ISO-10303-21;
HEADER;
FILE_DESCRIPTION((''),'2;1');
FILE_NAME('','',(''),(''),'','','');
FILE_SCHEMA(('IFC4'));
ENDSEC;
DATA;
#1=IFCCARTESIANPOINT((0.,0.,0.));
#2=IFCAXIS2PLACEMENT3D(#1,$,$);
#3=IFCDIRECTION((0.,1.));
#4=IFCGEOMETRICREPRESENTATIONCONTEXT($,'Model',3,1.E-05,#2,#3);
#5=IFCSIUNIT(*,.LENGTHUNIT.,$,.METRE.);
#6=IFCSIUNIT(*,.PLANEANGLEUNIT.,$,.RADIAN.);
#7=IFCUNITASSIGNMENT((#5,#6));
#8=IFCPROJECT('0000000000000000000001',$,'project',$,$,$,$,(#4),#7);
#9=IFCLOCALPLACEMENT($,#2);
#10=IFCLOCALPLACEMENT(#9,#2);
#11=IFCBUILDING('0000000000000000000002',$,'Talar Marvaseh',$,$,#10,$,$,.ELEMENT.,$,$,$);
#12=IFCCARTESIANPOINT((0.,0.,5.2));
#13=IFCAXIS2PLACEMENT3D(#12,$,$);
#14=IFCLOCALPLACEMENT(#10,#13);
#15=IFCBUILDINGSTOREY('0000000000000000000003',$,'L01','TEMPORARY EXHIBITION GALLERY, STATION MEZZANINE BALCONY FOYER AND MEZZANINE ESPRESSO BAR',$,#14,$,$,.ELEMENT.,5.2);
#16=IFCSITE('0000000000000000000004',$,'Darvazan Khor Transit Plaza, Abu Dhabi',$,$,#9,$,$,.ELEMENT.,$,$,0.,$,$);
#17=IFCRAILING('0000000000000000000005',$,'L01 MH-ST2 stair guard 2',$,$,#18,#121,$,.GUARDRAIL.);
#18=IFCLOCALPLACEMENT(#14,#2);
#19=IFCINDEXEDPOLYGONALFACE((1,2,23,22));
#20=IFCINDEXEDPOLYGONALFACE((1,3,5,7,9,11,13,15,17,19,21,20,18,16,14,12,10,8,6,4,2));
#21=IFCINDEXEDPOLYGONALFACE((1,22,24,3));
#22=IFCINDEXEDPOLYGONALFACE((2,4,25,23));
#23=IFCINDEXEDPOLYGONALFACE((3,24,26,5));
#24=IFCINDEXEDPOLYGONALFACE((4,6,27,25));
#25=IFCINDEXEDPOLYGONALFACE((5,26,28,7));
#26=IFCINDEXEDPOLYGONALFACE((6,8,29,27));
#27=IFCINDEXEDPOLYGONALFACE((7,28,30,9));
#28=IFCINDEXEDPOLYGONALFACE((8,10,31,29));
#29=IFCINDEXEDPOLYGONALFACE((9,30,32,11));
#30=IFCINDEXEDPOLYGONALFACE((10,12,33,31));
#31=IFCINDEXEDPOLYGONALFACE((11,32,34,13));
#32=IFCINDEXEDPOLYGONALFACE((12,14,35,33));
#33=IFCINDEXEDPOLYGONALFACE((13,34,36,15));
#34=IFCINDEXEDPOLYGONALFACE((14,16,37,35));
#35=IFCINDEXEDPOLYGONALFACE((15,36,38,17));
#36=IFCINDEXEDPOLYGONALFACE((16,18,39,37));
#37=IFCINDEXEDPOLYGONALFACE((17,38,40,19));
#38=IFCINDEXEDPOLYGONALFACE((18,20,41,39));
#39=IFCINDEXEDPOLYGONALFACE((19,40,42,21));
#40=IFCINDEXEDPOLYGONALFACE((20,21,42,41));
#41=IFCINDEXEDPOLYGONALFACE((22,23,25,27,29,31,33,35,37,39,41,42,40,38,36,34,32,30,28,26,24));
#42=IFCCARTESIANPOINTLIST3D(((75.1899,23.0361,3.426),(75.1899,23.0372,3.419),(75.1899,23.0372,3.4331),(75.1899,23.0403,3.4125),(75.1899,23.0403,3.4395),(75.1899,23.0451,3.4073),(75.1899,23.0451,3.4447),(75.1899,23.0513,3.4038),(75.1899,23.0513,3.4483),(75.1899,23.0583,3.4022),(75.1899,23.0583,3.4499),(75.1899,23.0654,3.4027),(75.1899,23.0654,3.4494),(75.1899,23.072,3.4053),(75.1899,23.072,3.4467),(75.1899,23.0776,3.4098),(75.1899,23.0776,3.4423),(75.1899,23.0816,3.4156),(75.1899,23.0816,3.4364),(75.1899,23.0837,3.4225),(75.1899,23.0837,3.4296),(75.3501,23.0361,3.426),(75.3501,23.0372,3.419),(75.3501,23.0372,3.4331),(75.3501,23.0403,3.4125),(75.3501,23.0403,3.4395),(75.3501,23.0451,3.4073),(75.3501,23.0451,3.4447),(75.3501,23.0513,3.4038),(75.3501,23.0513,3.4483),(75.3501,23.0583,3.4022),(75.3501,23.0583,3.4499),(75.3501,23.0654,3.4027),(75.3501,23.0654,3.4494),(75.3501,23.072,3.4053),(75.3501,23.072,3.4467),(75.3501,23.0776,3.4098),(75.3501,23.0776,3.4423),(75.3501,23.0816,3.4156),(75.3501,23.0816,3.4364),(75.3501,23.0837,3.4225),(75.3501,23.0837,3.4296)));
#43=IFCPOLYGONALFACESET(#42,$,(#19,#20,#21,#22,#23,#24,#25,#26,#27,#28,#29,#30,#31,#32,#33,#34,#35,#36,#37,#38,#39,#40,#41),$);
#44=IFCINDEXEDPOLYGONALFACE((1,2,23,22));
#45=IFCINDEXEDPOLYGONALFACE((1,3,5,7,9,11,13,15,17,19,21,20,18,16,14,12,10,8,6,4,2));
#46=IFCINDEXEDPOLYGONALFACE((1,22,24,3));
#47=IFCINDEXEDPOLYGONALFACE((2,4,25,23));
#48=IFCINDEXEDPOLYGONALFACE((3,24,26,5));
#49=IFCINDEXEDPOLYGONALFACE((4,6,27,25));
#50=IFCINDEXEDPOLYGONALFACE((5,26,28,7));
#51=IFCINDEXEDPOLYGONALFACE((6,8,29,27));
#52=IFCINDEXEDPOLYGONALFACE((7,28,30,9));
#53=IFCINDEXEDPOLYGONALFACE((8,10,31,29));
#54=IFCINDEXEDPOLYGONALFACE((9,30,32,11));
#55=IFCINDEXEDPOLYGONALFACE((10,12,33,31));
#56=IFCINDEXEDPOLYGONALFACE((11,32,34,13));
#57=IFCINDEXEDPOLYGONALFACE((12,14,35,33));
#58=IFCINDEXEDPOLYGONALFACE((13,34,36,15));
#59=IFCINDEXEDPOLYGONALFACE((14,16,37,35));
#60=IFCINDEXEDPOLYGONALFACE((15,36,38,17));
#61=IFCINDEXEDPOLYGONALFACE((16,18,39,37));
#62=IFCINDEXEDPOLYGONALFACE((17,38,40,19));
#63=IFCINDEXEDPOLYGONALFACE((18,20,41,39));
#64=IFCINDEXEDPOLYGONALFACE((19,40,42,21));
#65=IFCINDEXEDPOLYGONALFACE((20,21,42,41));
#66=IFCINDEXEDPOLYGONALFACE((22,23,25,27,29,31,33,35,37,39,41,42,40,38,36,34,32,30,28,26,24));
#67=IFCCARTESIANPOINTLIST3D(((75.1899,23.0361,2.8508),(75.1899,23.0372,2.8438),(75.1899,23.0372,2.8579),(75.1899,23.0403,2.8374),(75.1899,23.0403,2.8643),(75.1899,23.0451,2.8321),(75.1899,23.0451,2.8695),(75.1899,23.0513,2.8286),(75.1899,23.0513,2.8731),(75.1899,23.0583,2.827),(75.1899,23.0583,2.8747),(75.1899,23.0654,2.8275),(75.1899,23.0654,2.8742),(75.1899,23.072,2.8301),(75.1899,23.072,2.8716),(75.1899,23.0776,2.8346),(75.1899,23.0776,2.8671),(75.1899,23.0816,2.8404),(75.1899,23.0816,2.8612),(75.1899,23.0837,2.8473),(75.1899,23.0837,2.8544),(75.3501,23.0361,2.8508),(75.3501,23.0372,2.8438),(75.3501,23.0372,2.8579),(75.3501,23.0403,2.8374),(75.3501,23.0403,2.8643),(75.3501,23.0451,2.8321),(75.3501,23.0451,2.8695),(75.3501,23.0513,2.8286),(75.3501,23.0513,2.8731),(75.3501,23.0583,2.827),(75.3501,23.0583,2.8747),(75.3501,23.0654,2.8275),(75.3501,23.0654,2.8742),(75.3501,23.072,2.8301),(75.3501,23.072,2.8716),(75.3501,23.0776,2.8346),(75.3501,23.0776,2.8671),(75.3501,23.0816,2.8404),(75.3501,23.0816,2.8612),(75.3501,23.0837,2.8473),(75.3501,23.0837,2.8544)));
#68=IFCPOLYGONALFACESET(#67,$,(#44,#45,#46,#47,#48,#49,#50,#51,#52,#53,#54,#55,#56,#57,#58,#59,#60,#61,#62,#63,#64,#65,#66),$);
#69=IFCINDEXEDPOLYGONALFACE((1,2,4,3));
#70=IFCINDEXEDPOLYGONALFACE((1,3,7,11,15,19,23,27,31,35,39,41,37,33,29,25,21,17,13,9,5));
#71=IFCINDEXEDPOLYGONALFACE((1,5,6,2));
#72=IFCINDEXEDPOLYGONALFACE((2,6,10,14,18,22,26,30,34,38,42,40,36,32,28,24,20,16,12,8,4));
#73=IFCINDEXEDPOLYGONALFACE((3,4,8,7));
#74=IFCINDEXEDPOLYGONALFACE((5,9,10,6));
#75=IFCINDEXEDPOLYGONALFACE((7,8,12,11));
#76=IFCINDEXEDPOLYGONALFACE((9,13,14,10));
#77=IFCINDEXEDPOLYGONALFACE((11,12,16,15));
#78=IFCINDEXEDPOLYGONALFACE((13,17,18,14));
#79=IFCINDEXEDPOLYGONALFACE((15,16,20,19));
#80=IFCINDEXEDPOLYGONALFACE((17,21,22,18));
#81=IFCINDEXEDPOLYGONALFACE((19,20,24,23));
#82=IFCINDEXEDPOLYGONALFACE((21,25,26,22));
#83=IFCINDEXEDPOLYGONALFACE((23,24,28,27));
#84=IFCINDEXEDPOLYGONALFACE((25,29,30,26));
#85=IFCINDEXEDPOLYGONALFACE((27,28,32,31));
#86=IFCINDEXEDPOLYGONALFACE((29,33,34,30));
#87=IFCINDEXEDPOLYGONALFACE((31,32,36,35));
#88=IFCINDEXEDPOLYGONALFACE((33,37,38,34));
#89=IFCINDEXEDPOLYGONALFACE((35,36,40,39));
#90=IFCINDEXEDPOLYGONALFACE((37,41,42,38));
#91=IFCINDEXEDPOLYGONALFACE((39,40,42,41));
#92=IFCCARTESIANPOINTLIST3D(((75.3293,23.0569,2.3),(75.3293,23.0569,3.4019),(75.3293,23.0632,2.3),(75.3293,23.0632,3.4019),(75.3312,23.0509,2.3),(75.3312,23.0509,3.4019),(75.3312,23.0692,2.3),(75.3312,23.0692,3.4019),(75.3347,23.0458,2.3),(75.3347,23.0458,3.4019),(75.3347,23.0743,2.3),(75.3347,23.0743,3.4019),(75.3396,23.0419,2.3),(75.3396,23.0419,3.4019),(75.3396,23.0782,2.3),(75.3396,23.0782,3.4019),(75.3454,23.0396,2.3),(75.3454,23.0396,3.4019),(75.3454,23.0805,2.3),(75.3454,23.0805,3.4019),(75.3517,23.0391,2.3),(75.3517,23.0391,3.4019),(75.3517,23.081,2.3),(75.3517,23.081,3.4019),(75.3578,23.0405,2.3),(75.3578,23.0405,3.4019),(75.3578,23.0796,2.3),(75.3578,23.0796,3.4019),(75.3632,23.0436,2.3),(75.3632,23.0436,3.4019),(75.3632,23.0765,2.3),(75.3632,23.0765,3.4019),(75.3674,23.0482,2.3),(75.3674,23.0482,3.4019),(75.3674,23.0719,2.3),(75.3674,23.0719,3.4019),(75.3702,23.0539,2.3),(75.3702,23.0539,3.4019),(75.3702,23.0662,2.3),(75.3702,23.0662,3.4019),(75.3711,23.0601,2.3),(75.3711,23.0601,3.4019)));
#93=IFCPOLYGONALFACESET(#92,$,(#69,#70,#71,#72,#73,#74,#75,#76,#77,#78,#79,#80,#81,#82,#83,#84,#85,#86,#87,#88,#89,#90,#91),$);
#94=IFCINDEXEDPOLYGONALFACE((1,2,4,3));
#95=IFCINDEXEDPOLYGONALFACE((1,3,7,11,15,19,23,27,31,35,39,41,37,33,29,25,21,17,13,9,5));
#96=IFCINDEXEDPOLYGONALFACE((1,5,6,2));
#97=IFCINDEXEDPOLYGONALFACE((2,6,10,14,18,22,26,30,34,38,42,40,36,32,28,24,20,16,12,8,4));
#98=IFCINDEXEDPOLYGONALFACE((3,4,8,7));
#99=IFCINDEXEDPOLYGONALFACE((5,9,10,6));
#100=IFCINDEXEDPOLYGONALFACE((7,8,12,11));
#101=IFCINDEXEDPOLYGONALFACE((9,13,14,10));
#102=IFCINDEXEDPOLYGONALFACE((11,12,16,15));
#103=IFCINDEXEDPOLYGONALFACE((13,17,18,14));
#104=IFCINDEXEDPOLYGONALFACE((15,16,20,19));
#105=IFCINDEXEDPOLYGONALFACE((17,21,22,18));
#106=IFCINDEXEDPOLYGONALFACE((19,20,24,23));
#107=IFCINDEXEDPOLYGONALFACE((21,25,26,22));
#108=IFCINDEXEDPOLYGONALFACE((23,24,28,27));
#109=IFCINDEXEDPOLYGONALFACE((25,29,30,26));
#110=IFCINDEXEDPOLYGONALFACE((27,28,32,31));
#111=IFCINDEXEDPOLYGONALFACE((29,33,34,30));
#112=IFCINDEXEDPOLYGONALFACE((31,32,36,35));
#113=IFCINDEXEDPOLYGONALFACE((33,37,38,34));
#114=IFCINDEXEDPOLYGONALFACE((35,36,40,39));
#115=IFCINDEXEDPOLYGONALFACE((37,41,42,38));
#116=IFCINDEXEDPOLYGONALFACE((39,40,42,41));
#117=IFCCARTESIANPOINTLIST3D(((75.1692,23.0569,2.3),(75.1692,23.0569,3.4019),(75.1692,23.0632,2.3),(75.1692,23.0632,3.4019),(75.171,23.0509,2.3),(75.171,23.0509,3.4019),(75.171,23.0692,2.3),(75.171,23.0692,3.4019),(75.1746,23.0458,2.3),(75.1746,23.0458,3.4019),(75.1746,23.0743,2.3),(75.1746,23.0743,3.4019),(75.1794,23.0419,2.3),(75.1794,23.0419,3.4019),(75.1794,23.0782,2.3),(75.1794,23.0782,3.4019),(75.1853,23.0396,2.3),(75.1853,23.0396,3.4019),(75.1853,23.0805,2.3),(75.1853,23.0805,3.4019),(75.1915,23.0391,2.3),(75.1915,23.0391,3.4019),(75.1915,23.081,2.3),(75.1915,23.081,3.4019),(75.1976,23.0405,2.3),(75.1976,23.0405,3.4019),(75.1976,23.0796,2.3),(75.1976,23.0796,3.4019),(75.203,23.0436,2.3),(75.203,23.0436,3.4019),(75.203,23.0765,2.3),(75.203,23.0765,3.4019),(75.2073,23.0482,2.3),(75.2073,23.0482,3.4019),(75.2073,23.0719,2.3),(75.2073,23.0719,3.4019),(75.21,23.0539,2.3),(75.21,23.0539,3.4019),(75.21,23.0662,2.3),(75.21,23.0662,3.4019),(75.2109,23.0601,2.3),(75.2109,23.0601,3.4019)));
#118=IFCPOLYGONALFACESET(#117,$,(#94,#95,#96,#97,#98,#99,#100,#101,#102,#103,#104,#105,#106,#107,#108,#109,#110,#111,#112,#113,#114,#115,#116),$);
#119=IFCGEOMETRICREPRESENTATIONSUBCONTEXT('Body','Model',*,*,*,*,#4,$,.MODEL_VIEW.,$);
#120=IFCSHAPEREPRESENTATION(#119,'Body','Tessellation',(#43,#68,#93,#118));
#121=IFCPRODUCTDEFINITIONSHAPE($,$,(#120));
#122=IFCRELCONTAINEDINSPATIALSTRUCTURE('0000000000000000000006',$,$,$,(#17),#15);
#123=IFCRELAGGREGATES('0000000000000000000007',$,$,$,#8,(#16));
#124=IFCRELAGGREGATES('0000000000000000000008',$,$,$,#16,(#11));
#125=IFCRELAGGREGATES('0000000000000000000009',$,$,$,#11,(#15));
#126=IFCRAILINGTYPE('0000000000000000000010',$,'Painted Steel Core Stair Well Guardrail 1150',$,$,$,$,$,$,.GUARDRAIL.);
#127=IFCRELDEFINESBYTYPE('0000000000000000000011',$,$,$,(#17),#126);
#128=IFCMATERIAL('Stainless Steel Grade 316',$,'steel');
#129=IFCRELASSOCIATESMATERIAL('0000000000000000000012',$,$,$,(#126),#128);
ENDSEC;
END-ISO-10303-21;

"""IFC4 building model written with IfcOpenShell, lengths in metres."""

from ifc_helpers import new_model, si_unit, direction, frame, origin, origin_2d, place, context, subcontext, project, spatial, circle, extrude, material, type_object, element, save


model = new_model("IFC4")

# Units and contexts
model_context = context("Model", 3, precision=1e-05, world=origin(), true_north=direction((0.0, 1.0)))
body_context = subcontext(model_context, "Body", "Model", "MODEL_VIEW")
ifc_project = project(units=[si_unit("LENGTHUNIT", "METRE"), si_unit("PLANEANGLEUNIT", "RADIAN")], contexts=[model_context])

# Site, building, storey
site_placement = place(None, origin())
site = spatial("IfcSite", under=ifc_project, at=site_placement, Name="Darvazan Khor Transit Plaza, Abu Dhabi", CompositionType="ELEMENT", RefElevation=0.0)
building_placement = place(site_placement, origin())
building = spatial("IfcBuilding", under=site, at=building_placement, Name="Talar Marvaseh", CompositionType="ELEMENT")
storey_placement = place(building_placement, frame((0.0, 0.0, 5.2)))
storey = spatial("IfcBuildingStorey", under=building, at=storey_placement, Name="L01", Description="TEMPORARY EXHIBITION GALLERY, STATION MEZZANINE BALCONY FOYER AND MEZZANINE ESPRESSO BAR", CompositionType="ELEMENT", Elevation=5.2)

# Railing
ifc_material_1 = material(Name="Stainless Steel Grade 316", Category="steel")
railing_type_1 = type_object("IfcRailingType", Name="Painted Steel Core Stair Well Guardrail 1150", PredefinedType="GUARDRAIL", material=ifc_material_1)
railing_1_placement = place(storey_placement, frame((75.3501, 23.0601, 2.3)))
element("IfcRailing", 1, at=railing_1_placement, inside=storey, type_object=railing_type_1, Name="L01 MH-ST2 stair guard 2", PredefinedType="GUARDRAIL", context=body_context, shape_type="SweptSolid", body=[
    extrude(circle(Radius=0.0239, at=origin_2d()), frame((0.0, 0.0, 1.126), z_axis=(-1.0, 0.0, 0.0), x_axis=(0.0, -1.0, 0.0)), (0.0, 0.0, 1.0), 0.1602),
    extrude(circle(Radius=0.0239, at=origin_2d()), frame((0.0, 0.0, 0.5508), z_axis=(-1.0, 0.0, 0.0), x_axis=(0.0, -1.0, 0.0)), (0.0, 0.0, 1.0), 0.1602),
    extrude(circle(Radius=0.021, at=origin_2d()), origin(), (0.0, 0.0, 1.0), 1.1018),
    extrude(circle(Radius=0.021, at=origin_2d()), frame((-0.1602, 0.0, 0.0)), (0.0, 0.0, 1.0), 1.1018),
])

save(model, "model.ifc")
